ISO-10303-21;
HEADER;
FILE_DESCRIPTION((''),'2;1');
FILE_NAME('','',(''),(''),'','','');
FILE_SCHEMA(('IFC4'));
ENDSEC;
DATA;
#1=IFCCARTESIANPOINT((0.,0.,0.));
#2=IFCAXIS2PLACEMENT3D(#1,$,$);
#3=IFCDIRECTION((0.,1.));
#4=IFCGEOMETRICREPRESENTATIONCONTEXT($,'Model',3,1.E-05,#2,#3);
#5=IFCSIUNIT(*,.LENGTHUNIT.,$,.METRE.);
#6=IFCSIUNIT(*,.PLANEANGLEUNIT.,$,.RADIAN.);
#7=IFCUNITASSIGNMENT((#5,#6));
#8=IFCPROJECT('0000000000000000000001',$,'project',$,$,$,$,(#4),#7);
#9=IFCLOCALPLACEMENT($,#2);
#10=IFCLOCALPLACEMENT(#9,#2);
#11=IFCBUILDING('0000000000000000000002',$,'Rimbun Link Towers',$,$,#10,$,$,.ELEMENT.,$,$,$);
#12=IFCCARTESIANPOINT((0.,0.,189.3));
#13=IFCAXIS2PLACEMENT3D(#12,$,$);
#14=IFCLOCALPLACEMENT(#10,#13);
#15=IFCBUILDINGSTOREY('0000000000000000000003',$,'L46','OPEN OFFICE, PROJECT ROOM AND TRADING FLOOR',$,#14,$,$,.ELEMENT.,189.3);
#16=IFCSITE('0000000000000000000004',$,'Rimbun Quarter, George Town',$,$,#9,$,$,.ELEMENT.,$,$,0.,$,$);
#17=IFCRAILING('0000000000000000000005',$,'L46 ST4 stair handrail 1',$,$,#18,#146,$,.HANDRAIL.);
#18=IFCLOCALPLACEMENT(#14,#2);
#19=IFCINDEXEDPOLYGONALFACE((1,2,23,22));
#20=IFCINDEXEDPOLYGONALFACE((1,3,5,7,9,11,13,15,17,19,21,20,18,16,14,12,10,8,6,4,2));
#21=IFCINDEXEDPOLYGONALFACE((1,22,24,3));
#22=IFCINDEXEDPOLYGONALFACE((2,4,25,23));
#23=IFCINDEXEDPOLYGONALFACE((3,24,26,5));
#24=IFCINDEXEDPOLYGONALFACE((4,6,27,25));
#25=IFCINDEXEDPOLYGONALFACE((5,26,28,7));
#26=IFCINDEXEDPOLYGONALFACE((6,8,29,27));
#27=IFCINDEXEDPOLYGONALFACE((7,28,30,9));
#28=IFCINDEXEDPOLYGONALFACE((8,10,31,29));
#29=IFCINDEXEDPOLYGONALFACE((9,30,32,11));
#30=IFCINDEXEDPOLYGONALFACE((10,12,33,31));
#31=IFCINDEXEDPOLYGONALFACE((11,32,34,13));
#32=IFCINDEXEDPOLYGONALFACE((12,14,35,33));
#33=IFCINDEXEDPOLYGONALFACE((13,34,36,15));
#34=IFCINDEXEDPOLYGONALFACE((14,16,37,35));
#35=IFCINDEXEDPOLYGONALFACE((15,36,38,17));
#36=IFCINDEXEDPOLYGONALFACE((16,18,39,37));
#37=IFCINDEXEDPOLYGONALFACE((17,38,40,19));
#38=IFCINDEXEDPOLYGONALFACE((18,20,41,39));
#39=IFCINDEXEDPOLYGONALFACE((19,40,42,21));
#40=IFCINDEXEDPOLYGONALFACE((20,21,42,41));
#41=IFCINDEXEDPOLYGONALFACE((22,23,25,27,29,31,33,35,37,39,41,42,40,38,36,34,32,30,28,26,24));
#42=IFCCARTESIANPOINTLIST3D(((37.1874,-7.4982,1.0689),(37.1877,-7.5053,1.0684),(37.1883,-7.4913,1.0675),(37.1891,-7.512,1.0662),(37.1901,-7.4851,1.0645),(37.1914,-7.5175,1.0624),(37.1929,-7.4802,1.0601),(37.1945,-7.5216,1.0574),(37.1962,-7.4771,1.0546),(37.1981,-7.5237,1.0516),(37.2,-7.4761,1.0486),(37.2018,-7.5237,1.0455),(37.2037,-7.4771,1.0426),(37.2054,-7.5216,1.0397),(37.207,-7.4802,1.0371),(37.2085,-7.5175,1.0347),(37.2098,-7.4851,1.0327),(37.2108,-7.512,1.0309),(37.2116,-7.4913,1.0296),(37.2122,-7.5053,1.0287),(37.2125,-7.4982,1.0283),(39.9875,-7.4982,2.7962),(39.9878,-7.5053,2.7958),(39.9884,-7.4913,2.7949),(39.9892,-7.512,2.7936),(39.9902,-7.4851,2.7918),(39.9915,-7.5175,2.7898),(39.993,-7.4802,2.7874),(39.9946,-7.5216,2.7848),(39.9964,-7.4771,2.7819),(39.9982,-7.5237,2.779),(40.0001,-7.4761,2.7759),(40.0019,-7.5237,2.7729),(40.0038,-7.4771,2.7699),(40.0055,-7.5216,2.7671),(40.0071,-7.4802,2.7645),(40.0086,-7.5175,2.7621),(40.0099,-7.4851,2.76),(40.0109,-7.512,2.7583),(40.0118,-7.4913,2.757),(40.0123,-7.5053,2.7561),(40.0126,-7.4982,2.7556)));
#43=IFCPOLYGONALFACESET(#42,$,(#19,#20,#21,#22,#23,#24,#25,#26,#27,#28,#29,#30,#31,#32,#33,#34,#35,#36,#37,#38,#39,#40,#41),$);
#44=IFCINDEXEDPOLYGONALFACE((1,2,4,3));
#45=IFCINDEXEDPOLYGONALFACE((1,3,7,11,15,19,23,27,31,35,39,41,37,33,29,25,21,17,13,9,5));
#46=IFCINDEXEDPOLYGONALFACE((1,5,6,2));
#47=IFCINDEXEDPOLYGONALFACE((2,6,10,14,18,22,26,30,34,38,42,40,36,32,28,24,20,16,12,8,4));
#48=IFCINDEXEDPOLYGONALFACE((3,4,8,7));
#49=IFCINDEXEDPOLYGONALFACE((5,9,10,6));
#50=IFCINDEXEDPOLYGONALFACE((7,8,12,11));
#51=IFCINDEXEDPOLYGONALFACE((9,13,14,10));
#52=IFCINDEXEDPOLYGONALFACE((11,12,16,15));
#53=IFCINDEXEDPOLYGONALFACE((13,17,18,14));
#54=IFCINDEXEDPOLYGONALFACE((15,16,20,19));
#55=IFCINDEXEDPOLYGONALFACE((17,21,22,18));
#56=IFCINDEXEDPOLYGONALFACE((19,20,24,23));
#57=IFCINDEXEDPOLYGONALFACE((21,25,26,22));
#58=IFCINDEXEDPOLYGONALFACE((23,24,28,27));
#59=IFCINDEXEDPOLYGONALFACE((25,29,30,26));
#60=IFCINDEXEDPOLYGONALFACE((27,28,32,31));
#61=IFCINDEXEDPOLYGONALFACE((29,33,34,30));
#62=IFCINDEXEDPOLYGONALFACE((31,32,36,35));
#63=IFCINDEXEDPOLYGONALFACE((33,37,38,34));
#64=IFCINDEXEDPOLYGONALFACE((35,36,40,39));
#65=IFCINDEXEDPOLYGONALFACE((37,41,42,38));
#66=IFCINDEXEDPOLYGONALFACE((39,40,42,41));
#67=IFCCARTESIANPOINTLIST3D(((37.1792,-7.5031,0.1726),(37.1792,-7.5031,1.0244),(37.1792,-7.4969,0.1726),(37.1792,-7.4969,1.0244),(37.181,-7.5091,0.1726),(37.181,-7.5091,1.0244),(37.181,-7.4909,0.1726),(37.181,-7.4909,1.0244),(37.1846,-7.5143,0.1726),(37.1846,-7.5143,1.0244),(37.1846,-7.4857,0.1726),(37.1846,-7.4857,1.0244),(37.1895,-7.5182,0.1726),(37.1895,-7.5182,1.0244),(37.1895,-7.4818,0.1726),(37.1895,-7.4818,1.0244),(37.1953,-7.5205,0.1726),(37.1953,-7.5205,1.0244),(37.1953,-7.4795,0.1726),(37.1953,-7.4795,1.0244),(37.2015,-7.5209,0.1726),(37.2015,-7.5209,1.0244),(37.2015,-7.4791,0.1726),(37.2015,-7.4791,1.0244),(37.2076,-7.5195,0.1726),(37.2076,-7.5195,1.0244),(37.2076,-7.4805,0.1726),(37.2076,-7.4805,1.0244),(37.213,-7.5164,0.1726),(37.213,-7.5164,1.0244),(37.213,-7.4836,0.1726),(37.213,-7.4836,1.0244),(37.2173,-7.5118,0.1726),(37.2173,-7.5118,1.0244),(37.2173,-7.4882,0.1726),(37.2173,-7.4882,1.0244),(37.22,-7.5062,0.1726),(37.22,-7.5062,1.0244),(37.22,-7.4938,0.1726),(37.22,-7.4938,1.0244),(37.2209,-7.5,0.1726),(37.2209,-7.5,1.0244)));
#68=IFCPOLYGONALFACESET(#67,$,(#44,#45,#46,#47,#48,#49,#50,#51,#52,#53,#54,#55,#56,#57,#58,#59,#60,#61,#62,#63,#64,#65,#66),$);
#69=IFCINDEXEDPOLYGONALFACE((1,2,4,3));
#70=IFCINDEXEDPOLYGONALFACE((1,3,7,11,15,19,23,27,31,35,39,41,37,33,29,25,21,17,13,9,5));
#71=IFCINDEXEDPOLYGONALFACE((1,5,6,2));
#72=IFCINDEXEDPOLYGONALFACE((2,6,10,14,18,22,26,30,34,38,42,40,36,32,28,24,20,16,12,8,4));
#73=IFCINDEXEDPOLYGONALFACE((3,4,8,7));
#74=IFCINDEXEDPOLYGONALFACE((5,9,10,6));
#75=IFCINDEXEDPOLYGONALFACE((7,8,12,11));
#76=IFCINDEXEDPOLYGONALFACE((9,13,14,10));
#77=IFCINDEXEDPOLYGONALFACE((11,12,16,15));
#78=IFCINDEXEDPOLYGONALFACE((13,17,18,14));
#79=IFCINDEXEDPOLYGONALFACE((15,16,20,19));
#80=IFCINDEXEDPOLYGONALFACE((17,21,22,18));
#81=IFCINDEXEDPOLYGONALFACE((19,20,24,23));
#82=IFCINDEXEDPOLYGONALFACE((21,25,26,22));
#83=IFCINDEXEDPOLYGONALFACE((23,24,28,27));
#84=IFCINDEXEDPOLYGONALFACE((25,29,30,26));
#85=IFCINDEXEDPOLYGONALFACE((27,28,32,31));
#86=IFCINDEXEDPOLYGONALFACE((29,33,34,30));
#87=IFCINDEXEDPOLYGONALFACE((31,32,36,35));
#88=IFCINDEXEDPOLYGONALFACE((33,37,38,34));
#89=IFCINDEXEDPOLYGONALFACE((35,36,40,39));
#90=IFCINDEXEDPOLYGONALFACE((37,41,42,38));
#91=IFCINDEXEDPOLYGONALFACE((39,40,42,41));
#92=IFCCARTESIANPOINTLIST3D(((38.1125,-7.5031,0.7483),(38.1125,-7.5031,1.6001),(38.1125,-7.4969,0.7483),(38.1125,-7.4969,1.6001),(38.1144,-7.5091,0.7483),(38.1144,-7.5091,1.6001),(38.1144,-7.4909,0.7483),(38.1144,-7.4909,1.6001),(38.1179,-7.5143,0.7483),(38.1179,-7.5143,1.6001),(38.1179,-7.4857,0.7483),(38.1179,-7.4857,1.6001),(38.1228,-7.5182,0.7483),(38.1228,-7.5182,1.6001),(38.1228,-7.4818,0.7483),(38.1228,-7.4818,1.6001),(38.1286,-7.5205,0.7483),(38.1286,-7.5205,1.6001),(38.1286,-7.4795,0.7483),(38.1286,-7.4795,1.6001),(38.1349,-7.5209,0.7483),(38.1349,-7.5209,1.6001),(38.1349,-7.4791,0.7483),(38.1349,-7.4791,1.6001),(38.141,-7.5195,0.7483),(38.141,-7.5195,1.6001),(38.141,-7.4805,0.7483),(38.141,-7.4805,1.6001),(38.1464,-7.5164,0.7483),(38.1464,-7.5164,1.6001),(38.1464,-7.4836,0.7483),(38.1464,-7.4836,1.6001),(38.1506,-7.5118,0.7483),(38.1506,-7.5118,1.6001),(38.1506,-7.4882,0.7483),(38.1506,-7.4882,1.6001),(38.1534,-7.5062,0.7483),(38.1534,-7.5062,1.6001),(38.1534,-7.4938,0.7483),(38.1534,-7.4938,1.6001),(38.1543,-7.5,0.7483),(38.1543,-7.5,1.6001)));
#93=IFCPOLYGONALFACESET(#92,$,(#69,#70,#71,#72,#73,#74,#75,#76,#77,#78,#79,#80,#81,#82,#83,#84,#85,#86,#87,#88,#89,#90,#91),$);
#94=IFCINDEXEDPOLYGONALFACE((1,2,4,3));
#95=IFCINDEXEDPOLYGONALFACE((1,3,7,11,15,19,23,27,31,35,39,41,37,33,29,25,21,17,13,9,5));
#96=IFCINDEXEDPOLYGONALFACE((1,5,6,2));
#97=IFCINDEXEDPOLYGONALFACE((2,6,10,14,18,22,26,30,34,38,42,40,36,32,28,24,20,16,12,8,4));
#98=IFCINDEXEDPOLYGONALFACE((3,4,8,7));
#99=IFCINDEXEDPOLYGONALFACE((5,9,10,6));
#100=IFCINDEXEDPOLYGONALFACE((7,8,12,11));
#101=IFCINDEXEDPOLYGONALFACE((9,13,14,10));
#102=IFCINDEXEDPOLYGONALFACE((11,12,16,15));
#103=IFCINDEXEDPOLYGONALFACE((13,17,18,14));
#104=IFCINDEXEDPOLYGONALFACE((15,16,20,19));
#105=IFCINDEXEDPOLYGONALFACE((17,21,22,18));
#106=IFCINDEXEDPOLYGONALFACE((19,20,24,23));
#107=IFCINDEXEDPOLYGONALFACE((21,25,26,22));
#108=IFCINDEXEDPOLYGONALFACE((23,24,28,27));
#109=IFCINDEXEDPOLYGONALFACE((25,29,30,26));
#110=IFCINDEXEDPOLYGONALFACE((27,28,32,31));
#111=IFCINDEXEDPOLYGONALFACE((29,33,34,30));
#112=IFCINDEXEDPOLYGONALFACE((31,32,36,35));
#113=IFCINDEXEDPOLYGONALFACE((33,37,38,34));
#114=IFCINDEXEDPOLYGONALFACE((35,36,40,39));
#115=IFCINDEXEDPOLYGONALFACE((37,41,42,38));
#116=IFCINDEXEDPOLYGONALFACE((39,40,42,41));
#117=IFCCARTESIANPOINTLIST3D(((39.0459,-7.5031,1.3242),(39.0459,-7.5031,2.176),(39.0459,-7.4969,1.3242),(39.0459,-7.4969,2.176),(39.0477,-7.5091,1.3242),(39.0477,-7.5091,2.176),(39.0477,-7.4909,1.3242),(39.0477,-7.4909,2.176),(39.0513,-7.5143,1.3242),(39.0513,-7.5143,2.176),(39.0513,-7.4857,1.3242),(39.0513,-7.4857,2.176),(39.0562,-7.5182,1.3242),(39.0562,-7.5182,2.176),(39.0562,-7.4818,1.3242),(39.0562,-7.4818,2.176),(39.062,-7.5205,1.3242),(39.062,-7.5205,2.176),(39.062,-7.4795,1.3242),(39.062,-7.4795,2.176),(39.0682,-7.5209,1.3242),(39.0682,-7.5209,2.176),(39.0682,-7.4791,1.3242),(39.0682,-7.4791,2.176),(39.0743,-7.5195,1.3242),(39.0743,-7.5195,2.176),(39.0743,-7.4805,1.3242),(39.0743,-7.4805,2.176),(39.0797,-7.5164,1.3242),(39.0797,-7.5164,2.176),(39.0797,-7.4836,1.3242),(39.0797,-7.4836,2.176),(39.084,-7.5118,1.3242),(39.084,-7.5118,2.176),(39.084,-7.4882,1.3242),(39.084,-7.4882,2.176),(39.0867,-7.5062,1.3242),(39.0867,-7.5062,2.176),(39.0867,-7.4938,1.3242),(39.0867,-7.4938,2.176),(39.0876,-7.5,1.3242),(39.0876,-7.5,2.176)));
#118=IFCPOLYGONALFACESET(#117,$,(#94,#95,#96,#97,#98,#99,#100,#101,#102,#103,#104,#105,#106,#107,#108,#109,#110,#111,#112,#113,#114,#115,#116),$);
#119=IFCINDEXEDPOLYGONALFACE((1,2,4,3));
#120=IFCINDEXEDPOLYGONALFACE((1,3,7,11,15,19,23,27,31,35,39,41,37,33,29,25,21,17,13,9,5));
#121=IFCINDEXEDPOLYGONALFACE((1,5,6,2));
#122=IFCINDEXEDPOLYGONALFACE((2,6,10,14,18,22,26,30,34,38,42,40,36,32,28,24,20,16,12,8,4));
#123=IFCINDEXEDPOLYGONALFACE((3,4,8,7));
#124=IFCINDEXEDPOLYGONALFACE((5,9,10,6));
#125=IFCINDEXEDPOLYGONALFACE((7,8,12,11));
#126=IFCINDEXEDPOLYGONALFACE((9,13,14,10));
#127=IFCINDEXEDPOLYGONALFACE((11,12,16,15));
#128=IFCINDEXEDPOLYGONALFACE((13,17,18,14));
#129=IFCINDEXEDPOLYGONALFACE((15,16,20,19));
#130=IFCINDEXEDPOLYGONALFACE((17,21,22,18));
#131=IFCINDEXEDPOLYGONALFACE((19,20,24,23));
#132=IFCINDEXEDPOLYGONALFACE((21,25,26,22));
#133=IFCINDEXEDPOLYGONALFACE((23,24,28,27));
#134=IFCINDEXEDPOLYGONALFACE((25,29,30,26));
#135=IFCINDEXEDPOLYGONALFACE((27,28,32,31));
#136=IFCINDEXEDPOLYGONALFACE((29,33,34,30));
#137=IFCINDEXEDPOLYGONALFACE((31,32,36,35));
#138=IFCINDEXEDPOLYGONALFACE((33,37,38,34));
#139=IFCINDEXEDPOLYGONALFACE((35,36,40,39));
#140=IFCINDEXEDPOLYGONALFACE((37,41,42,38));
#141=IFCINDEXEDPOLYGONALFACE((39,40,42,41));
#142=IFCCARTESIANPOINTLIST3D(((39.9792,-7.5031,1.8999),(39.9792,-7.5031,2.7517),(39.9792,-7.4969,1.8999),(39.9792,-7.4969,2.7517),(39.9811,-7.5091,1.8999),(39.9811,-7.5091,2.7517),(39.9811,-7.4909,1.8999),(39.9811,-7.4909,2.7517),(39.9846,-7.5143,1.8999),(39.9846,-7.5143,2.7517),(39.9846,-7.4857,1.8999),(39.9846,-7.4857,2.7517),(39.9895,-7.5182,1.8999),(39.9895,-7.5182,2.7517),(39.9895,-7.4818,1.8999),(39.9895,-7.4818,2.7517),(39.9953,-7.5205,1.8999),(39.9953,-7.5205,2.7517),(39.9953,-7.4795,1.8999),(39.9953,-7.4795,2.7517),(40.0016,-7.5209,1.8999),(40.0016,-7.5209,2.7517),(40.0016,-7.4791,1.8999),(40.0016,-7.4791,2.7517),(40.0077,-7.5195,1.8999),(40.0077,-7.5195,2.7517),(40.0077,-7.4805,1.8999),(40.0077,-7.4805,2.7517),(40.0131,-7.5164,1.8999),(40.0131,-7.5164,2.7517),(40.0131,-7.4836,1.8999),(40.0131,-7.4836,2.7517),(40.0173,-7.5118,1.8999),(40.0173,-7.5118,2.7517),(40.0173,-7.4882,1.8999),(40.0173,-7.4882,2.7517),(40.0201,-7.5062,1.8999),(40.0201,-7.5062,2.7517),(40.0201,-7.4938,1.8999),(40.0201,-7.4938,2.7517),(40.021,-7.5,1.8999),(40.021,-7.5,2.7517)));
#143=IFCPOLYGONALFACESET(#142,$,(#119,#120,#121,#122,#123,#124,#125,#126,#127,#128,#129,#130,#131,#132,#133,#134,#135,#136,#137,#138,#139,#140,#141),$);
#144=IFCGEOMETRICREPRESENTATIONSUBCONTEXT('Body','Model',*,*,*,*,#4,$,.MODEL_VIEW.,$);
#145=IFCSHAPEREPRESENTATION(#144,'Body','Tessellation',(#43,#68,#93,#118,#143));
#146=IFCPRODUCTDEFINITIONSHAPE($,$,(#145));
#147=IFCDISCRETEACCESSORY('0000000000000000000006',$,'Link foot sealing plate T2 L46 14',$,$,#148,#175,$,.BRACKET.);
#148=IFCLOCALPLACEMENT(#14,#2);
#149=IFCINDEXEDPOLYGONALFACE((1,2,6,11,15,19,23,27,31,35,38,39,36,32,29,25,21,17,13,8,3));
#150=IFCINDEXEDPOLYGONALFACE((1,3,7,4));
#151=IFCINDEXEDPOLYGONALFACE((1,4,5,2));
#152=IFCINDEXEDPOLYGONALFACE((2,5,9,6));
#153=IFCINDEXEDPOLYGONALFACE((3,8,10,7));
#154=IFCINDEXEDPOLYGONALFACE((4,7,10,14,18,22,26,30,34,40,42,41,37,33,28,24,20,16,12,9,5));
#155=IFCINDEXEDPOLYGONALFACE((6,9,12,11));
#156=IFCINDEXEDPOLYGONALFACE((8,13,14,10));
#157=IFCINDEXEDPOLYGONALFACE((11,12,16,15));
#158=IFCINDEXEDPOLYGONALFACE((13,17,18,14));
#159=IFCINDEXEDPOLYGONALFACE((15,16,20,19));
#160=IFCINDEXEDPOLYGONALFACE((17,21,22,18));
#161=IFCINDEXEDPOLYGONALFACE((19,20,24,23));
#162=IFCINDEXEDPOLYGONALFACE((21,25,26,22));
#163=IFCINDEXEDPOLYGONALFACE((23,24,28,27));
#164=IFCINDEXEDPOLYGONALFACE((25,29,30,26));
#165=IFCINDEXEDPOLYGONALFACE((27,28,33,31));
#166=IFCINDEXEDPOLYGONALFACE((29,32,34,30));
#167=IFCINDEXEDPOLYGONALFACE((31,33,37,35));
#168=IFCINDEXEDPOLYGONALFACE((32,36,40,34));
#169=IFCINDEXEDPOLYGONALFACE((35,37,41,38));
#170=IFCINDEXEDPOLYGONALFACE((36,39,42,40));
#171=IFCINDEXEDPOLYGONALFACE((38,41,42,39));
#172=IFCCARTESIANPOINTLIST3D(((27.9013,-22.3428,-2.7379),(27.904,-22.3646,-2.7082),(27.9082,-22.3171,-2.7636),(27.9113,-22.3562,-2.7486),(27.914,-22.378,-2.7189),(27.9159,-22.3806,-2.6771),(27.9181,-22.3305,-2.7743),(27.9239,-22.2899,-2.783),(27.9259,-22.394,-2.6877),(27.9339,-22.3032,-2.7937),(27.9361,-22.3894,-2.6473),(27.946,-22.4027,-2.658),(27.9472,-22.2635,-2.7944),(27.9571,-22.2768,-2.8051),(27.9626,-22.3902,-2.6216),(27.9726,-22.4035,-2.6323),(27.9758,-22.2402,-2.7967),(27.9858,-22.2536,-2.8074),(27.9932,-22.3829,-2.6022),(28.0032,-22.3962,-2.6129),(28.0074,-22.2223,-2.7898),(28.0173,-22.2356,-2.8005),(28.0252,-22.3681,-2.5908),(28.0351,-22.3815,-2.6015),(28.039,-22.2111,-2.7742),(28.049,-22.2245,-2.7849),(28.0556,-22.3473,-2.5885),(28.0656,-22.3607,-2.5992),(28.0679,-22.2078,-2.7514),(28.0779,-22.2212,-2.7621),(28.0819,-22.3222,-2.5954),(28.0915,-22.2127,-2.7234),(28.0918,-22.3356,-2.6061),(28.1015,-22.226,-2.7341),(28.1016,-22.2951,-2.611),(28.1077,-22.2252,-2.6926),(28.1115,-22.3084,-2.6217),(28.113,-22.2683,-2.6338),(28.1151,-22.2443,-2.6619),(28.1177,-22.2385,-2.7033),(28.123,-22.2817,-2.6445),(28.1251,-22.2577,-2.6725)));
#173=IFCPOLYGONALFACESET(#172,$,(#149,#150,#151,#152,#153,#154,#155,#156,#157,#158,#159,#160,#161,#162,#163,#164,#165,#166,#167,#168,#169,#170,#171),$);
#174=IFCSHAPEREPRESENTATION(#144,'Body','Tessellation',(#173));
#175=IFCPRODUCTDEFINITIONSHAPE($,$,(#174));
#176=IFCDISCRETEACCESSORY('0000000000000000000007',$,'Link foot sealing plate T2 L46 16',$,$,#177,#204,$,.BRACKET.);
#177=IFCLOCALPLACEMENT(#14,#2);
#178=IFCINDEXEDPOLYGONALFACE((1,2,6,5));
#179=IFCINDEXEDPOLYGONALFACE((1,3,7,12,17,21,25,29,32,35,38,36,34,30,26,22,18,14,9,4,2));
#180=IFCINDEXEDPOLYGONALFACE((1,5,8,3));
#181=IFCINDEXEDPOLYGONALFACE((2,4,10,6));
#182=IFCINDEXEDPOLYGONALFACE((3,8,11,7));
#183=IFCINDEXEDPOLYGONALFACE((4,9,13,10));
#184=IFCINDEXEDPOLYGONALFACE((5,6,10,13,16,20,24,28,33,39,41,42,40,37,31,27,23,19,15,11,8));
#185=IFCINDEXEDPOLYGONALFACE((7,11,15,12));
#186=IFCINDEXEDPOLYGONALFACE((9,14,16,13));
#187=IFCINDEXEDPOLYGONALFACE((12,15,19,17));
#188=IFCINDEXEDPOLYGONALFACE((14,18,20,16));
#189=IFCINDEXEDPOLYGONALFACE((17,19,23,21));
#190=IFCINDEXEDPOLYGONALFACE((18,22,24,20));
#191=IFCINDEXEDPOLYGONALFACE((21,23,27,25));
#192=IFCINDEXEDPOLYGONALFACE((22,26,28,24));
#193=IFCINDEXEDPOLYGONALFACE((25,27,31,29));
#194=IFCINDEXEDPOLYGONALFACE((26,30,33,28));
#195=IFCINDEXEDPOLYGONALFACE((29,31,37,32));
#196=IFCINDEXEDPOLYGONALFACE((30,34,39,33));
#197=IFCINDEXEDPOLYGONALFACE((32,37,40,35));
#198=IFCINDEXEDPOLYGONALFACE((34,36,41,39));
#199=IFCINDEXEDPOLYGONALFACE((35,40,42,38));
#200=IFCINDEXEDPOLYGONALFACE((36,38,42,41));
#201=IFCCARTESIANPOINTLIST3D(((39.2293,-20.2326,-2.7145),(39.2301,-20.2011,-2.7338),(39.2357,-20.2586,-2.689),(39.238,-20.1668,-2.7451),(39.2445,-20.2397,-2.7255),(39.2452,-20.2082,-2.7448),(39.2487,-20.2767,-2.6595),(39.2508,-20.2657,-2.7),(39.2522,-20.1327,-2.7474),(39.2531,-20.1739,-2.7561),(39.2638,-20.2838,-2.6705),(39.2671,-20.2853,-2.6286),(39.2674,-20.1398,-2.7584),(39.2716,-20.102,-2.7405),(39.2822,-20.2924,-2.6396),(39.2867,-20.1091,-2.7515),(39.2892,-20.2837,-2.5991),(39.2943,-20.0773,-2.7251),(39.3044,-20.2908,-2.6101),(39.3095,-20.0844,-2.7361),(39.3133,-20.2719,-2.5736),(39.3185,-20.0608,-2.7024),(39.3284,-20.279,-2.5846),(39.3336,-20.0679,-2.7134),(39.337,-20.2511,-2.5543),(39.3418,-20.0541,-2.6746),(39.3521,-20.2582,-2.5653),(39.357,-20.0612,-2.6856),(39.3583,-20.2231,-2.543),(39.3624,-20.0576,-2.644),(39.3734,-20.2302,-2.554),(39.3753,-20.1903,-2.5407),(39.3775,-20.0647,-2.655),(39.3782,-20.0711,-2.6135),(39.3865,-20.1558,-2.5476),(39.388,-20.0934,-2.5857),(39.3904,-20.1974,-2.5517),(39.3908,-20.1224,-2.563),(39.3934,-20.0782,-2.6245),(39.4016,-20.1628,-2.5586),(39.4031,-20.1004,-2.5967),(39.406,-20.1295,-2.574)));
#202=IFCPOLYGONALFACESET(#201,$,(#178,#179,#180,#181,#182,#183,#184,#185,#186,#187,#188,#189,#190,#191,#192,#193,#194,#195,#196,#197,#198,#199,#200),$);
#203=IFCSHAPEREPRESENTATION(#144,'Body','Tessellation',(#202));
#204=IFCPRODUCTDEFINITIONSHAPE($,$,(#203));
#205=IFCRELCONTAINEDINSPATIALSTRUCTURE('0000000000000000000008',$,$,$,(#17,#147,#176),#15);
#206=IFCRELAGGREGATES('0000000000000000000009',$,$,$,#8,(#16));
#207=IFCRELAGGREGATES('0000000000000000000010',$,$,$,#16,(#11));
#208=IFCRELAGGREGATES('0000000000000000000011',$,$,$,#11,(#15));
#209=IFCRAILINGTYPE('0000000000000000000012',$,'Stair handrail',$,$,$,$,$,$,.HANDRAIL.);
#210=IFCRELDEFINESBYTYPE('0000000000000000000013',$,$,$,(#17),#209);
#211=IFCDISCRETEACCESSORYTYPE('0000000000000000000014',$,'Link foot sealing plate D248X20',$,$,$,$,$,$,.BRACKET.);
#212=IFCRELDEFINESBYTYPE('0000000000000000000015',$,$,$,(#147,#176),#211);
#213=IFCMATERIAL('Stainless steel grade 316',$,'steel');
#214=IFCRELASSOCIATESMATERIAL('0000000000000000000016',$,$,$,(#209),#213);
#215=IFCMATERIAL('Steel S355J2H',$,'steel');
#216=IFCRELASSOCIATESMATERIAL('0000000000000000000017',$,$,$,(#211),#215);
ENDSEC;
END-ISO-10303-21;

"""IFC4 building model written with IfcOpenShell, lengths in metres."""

from ifc_helpers import new_model, si_unit, direction, frame, origin, origin_2d, place, context, subcontext, project, spatial, circle, extrude, material, material_profile, profile_set, type_object, element, save


model = new_model("IFC4")

# Units and contexts
model_context = context("Model", 3, precision=1e-05, world=origin(), true_north=direction((0.0, 1.0)))
body_context = subcontext(model_context, "Body", "Model", "MODEL_VIEW")
ifc_project = project(units=[si_unit("LENGTHUNIT", "METRE"), si_unit("PLANEANGLEUNIT", "RADIAN")], contexts=[model_context])

# Site, building, storey
site_placement = place(None, origin())
site = spatial("IfcSite", under=ifc_project, at=site_placement, Name="Rimbun Quarter, George Town", CompositionType="ELEMENT", RefElevation=0.0)
building_placement = place(site_placement, origin())
building = spatial("IfcBuilding", under=site, at=building_placement, Name="Rimbun Link Towers", CompositionType="ELEMENT")
storey_placement = place(building_placement, frame((0.0, 0.0, 189.3)))
storey = spatial("IfcBuildingStorey", under=building, at=storey_placement, Name="L46", Description="OPEN OFFICE, PROJECT ROOM AND TRADING FLOOR", CompositionType="ELEMENT", Elevation=189.3)

# Railing
ifc_material_1 = material(Name="Stainless steel grade 316", Category="steel")
railing_type_1 = type_object("IfcRailingType", Name="Stair handrail", PredefinedType="HANDRAIL", material=ifc_material_1)
railing_1_placement = place(storey_placement, frame((37.2, -7.5, 0.1726)))
element("IfcRailing", 1, at=railing_1_placement, inside=storey, type_object=railing_type_1, Name="L46 ST4 stair handrail 1", PredefinedType="HANDRAIL", context=body_context, shape_type="SweptSolid", body=[
    extrude(circle(Radius=0.0239, at=origin_2d()), frame((0.0, 0.0, 0.876), z_axis=(0.85109, 0.0, 0.52502), x_axis=(0.0, 1.0, 0.0)), (0.0, 0.0, 1.0), 3.29),
    extrude(circle(Radius=0.021, at=origin_2d()), origin(), (0.0, 0.0, 1.0), 0.8518),
    extrude(circle(Radius=0.021, at=origin_2d()), frame((0.9333, 0.0, 0.5757)), (0.0, 0.0, 1.0), 0.8518),
    extrude(circle(Radius=0.021, at=origin_2d()), frame((1.8667, 0.0, 1.1516)), (0.0, 0.0, 1.0), 0.8518),
    extrude(circle(Radius=0.021, at=origin_2d()), frame((2.8, 0.0, 1.7273)), (0.0, 0.0, 1.0), 0.8518),
])

# Discrete accessories
ifc_material_2 = material(Name="Steel S355J2H", Category="steel")
ifc_material_profile_1 = material_profile(ifc_material_2, circle(Radius=0.124, at=origin_2d()), Name="PL D248")
ifc_profile_set_1 = profile_set([ifc_material_profile_1], Name="Steel S355J2H")
discrete_accessory_type = type_object("IfcDiscreteAccessoryType", Name="Link foot sealing plate D248X20", PredefinedType="BRACKET", material=ifc_profile_set_1)
discrete_accessory_1_placement = place(storey_placement, frame((28.0083, -22.2993, -2.6926), z_axis=(0.503077, -0.674859, -0.539887), x_axis=(0.801746, 0.597665, 0.0)))
element("IfcDiscreteAccessory", 2, at=discrete_accessory_1_placement, inside=storey, type_object=discrete_accessory_type, Name="Link foot sealing plate T2 L46 14", PredefinedType="BRACKET", context=body_context, shape_type="SweptSolid", body=[
    extrude(circle(Radius=0.124, at=origin_2d()), origin(), (0.0, 0.0, 1.0), 0.0198),
])
discrete_accessory_2_placement = place(storey_placement, frame((39.3098, -20.1699, -2.644), z_axis=(0.756886, -0.354027, -0.549353), x_axis=(0.423685, 0.90581, 0.0)))
element("IfcDiscreteAccessory", 3, at=discrete_accessory_2_placement, inside=storey, type_object=discrete_accessory_type, Name="Link foot sealing plate T2 L46 16", PredefinedType="BRACKET", context=body_context, shape_type="SweptSolid", body=[
    extrude(circle(Radius=0.124, at=origin_2d()), origin(), (0.0, 0.0, 1.0), 0.02),
])

save(model, "model.ifc")
